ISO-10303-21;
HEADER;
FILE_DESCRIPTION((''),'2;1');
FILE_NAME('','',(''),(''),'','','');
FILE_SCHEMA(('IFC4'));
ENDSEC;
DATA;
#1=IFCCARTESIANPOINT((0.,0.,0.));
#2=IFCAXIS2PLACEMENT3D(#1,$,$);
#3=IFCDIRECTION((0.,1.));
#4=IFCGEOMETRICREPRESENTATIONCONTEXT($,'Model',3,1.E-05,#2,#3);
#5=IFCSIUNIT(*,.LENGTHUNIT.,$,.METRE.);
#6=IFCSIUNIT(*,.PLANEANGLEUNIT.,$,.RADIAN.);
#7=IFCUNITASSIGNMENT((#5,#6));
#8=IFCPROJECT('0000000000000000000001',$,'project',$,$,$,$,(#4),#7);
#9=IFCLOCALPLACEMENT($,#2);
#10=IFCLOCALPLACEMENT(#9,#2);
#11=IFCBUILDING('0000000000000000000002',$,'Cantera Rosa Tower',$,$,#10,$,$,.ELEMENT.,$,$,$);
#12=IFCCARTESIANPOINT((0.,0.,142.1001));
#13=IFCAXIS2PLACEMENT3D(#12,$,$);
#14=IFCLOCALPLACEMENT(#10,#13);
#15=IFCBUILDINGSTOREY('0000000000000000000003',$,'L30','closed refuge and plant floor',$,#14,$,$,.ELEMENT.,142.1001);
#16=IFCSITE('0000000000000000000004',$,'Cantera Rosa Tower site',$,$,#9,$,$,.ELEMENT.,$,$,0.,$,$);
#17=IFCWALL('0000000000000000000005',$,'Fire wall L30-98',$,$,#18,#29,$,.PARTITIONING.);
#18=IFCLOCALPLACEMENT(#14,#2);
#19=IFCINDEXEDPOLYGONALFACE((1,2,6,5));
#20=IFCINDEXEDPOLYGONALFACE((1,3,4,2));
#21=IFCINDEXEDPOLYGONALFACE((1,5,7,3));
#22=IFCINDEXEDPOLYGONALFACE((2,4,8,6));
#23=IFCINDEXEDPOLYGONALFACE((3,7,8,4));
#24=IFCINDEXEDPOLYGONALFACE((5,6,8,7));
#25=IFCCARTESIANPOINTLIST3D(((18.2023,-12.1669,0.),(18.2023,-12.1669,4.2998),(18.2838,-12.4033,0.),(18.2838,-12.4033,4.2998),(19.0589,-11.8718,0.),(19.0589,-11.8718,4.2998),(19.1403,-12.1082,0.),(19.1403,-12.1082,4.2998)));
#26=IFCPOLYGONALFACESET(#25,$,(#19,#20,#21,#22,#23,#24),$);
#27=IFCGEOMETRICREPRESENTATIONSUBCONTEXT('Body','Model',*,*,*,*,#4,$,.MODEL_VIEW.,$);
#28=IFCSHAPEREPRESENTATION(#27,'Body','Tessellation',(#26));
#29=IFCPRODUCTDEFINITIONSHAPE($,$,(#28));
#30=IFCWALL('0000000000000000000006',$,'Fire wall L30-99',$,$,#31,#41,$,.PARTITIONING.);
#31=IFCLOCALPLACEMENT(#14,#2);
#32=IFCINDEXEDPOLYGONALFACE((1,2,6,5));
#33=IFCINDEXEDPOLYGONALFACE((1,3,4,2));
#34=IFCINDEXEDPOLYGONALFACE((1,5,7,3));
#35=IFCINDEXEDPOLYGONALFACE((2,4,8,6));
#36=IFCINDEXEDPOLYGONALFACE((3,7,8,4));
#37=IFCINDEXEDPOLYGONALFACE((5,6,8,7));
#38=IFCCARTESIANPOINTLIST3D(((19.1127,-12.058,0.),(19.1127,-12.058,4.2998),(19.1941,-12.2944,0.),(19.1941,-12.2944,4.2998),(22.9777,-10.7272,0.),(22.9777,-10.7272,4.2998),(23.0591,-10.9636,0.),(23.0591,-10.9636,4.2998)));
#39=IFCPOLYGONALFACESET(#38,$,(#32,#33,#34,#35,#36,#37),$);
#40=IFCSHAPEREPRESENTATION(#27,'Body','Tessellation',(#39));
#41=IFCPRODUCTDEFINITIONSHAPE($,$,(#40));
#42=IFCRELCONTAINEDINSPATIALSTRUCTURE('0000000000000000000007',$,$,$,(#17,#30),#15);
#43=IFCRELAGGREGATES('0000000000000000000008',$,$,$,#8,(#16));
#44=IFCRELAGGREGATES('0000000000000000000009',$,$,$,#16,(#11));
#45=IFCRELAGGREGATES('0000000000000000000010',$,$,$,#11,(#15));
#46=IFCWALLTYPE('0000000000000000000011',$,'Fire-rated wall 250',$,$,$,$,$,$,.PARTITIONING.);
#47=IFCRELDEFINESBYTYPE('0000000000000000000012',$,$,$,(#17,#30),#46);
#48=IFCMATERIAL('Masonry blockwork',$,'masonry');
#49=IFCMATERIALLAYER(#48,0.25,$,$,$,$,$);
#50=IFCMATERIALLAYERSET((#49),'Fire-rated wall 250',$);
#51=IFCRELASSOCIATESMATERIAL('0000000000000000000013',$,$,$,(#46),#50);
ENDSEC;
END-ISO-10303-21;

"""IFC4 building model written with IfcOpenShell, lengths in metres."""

from ifc_helpers import new_model, si_unit, direction, frame, frame_2d, origin, place, context, subcontext, project, spatial, rectangle, extrude, material, layer, layer_set, type_object, element, save


model = new_model("IFC4")

# Units and contexts
model_context = context("Model", 3, precision=1e-05, world=origin(), true_north=direction((0.0, 1.0)))
body_context = subcontext(model_context, "Body", "Model", "MODEL_VIEW")
ifc_project = project(units=[si_unit("LENGTHUNIT", "METRE"), si_unit("PLANEANGLEUNIT", "RADIAN")], contexts=[model_context])

# Site, building, storey
site_placement = place(None, origin())
site = spatial("IfcSite", under=ifc_project, at=site_placement, Name="Cantera Rosa Tower site", CompositionType="ELEMENT", RefElevation=0.0)
building_placement = place(site_placement, origin())
building = spatial("IfcBuilding", under=site, at=building_placement, Name="Cantera Rosa Tower", CompositionType="ELEMENT")
storey_placement = place(building_placement, frame((0.0, 0.0, 142.1001)))
storey = spatial("IfcBuildingStorey", under=building, at=storey_placement, Name="L30", Description="closed refuge and plant floor", CompositionType="ELEMENT", Elevation=142.1001)

# Walls
ifc_material_1 = material(Name="Masonry blockwork", Category="masonry")
ifc_layer_1 = layer(ifc_material_1, 0.25)
ifc_layer_set_1 = layer_set([ifc_layer_1], Name="Fire-rated wall 250")
wall_type_1 = type_object("IfcWallType", Name="Fire-rated wall 250", PredefinedType="PARTITIONING", material=ifc_layer_set_1)
wall_1_placement = place(storey_placement, frame((18.2429, -12.2852, 0.0), z_axis=(0.0, 0.0, 1.0), x_axis=(0.945456, 0.32575, 0.0)))
element("IfcWall", 1, at=wall_1_placement, inside=storey, type_object=wall_type_1, Name="Fire wall L30-98", PredefinedType="PARTITIONING", context=body_context, shape_type="SweptSolid", body=[
    extrude(rectangle(XDim=0.906, YDim=0.25, at=frame_2d((0.4531, 0.0))), origin(), (0.0, 0.0, 1.0), 4.2998),
])
wall_2_placement = place(storey_placement, frame((19.1533, -12.1763, 0.0), z_axis=(0.0, 0.0, 1.0), x_axis=(0.94552, 0.325565, 0.0)))
element("IfcWall", 2, at=wall_2_placement, inside=storey, type_object=wall_type_1, Name="Fire wall L30-99", PredefinedType="PARTITIONING", context=body_context, shape_type="SweptSolid", body=[
    extrude(rectangle(XDim=4.0876, YDim=0.25, at=frame_2d((2.0439, 0.0))), origin(), (0.0, 0.0, 1.0), 4.2998),
])

save(model, "model.ifc")
